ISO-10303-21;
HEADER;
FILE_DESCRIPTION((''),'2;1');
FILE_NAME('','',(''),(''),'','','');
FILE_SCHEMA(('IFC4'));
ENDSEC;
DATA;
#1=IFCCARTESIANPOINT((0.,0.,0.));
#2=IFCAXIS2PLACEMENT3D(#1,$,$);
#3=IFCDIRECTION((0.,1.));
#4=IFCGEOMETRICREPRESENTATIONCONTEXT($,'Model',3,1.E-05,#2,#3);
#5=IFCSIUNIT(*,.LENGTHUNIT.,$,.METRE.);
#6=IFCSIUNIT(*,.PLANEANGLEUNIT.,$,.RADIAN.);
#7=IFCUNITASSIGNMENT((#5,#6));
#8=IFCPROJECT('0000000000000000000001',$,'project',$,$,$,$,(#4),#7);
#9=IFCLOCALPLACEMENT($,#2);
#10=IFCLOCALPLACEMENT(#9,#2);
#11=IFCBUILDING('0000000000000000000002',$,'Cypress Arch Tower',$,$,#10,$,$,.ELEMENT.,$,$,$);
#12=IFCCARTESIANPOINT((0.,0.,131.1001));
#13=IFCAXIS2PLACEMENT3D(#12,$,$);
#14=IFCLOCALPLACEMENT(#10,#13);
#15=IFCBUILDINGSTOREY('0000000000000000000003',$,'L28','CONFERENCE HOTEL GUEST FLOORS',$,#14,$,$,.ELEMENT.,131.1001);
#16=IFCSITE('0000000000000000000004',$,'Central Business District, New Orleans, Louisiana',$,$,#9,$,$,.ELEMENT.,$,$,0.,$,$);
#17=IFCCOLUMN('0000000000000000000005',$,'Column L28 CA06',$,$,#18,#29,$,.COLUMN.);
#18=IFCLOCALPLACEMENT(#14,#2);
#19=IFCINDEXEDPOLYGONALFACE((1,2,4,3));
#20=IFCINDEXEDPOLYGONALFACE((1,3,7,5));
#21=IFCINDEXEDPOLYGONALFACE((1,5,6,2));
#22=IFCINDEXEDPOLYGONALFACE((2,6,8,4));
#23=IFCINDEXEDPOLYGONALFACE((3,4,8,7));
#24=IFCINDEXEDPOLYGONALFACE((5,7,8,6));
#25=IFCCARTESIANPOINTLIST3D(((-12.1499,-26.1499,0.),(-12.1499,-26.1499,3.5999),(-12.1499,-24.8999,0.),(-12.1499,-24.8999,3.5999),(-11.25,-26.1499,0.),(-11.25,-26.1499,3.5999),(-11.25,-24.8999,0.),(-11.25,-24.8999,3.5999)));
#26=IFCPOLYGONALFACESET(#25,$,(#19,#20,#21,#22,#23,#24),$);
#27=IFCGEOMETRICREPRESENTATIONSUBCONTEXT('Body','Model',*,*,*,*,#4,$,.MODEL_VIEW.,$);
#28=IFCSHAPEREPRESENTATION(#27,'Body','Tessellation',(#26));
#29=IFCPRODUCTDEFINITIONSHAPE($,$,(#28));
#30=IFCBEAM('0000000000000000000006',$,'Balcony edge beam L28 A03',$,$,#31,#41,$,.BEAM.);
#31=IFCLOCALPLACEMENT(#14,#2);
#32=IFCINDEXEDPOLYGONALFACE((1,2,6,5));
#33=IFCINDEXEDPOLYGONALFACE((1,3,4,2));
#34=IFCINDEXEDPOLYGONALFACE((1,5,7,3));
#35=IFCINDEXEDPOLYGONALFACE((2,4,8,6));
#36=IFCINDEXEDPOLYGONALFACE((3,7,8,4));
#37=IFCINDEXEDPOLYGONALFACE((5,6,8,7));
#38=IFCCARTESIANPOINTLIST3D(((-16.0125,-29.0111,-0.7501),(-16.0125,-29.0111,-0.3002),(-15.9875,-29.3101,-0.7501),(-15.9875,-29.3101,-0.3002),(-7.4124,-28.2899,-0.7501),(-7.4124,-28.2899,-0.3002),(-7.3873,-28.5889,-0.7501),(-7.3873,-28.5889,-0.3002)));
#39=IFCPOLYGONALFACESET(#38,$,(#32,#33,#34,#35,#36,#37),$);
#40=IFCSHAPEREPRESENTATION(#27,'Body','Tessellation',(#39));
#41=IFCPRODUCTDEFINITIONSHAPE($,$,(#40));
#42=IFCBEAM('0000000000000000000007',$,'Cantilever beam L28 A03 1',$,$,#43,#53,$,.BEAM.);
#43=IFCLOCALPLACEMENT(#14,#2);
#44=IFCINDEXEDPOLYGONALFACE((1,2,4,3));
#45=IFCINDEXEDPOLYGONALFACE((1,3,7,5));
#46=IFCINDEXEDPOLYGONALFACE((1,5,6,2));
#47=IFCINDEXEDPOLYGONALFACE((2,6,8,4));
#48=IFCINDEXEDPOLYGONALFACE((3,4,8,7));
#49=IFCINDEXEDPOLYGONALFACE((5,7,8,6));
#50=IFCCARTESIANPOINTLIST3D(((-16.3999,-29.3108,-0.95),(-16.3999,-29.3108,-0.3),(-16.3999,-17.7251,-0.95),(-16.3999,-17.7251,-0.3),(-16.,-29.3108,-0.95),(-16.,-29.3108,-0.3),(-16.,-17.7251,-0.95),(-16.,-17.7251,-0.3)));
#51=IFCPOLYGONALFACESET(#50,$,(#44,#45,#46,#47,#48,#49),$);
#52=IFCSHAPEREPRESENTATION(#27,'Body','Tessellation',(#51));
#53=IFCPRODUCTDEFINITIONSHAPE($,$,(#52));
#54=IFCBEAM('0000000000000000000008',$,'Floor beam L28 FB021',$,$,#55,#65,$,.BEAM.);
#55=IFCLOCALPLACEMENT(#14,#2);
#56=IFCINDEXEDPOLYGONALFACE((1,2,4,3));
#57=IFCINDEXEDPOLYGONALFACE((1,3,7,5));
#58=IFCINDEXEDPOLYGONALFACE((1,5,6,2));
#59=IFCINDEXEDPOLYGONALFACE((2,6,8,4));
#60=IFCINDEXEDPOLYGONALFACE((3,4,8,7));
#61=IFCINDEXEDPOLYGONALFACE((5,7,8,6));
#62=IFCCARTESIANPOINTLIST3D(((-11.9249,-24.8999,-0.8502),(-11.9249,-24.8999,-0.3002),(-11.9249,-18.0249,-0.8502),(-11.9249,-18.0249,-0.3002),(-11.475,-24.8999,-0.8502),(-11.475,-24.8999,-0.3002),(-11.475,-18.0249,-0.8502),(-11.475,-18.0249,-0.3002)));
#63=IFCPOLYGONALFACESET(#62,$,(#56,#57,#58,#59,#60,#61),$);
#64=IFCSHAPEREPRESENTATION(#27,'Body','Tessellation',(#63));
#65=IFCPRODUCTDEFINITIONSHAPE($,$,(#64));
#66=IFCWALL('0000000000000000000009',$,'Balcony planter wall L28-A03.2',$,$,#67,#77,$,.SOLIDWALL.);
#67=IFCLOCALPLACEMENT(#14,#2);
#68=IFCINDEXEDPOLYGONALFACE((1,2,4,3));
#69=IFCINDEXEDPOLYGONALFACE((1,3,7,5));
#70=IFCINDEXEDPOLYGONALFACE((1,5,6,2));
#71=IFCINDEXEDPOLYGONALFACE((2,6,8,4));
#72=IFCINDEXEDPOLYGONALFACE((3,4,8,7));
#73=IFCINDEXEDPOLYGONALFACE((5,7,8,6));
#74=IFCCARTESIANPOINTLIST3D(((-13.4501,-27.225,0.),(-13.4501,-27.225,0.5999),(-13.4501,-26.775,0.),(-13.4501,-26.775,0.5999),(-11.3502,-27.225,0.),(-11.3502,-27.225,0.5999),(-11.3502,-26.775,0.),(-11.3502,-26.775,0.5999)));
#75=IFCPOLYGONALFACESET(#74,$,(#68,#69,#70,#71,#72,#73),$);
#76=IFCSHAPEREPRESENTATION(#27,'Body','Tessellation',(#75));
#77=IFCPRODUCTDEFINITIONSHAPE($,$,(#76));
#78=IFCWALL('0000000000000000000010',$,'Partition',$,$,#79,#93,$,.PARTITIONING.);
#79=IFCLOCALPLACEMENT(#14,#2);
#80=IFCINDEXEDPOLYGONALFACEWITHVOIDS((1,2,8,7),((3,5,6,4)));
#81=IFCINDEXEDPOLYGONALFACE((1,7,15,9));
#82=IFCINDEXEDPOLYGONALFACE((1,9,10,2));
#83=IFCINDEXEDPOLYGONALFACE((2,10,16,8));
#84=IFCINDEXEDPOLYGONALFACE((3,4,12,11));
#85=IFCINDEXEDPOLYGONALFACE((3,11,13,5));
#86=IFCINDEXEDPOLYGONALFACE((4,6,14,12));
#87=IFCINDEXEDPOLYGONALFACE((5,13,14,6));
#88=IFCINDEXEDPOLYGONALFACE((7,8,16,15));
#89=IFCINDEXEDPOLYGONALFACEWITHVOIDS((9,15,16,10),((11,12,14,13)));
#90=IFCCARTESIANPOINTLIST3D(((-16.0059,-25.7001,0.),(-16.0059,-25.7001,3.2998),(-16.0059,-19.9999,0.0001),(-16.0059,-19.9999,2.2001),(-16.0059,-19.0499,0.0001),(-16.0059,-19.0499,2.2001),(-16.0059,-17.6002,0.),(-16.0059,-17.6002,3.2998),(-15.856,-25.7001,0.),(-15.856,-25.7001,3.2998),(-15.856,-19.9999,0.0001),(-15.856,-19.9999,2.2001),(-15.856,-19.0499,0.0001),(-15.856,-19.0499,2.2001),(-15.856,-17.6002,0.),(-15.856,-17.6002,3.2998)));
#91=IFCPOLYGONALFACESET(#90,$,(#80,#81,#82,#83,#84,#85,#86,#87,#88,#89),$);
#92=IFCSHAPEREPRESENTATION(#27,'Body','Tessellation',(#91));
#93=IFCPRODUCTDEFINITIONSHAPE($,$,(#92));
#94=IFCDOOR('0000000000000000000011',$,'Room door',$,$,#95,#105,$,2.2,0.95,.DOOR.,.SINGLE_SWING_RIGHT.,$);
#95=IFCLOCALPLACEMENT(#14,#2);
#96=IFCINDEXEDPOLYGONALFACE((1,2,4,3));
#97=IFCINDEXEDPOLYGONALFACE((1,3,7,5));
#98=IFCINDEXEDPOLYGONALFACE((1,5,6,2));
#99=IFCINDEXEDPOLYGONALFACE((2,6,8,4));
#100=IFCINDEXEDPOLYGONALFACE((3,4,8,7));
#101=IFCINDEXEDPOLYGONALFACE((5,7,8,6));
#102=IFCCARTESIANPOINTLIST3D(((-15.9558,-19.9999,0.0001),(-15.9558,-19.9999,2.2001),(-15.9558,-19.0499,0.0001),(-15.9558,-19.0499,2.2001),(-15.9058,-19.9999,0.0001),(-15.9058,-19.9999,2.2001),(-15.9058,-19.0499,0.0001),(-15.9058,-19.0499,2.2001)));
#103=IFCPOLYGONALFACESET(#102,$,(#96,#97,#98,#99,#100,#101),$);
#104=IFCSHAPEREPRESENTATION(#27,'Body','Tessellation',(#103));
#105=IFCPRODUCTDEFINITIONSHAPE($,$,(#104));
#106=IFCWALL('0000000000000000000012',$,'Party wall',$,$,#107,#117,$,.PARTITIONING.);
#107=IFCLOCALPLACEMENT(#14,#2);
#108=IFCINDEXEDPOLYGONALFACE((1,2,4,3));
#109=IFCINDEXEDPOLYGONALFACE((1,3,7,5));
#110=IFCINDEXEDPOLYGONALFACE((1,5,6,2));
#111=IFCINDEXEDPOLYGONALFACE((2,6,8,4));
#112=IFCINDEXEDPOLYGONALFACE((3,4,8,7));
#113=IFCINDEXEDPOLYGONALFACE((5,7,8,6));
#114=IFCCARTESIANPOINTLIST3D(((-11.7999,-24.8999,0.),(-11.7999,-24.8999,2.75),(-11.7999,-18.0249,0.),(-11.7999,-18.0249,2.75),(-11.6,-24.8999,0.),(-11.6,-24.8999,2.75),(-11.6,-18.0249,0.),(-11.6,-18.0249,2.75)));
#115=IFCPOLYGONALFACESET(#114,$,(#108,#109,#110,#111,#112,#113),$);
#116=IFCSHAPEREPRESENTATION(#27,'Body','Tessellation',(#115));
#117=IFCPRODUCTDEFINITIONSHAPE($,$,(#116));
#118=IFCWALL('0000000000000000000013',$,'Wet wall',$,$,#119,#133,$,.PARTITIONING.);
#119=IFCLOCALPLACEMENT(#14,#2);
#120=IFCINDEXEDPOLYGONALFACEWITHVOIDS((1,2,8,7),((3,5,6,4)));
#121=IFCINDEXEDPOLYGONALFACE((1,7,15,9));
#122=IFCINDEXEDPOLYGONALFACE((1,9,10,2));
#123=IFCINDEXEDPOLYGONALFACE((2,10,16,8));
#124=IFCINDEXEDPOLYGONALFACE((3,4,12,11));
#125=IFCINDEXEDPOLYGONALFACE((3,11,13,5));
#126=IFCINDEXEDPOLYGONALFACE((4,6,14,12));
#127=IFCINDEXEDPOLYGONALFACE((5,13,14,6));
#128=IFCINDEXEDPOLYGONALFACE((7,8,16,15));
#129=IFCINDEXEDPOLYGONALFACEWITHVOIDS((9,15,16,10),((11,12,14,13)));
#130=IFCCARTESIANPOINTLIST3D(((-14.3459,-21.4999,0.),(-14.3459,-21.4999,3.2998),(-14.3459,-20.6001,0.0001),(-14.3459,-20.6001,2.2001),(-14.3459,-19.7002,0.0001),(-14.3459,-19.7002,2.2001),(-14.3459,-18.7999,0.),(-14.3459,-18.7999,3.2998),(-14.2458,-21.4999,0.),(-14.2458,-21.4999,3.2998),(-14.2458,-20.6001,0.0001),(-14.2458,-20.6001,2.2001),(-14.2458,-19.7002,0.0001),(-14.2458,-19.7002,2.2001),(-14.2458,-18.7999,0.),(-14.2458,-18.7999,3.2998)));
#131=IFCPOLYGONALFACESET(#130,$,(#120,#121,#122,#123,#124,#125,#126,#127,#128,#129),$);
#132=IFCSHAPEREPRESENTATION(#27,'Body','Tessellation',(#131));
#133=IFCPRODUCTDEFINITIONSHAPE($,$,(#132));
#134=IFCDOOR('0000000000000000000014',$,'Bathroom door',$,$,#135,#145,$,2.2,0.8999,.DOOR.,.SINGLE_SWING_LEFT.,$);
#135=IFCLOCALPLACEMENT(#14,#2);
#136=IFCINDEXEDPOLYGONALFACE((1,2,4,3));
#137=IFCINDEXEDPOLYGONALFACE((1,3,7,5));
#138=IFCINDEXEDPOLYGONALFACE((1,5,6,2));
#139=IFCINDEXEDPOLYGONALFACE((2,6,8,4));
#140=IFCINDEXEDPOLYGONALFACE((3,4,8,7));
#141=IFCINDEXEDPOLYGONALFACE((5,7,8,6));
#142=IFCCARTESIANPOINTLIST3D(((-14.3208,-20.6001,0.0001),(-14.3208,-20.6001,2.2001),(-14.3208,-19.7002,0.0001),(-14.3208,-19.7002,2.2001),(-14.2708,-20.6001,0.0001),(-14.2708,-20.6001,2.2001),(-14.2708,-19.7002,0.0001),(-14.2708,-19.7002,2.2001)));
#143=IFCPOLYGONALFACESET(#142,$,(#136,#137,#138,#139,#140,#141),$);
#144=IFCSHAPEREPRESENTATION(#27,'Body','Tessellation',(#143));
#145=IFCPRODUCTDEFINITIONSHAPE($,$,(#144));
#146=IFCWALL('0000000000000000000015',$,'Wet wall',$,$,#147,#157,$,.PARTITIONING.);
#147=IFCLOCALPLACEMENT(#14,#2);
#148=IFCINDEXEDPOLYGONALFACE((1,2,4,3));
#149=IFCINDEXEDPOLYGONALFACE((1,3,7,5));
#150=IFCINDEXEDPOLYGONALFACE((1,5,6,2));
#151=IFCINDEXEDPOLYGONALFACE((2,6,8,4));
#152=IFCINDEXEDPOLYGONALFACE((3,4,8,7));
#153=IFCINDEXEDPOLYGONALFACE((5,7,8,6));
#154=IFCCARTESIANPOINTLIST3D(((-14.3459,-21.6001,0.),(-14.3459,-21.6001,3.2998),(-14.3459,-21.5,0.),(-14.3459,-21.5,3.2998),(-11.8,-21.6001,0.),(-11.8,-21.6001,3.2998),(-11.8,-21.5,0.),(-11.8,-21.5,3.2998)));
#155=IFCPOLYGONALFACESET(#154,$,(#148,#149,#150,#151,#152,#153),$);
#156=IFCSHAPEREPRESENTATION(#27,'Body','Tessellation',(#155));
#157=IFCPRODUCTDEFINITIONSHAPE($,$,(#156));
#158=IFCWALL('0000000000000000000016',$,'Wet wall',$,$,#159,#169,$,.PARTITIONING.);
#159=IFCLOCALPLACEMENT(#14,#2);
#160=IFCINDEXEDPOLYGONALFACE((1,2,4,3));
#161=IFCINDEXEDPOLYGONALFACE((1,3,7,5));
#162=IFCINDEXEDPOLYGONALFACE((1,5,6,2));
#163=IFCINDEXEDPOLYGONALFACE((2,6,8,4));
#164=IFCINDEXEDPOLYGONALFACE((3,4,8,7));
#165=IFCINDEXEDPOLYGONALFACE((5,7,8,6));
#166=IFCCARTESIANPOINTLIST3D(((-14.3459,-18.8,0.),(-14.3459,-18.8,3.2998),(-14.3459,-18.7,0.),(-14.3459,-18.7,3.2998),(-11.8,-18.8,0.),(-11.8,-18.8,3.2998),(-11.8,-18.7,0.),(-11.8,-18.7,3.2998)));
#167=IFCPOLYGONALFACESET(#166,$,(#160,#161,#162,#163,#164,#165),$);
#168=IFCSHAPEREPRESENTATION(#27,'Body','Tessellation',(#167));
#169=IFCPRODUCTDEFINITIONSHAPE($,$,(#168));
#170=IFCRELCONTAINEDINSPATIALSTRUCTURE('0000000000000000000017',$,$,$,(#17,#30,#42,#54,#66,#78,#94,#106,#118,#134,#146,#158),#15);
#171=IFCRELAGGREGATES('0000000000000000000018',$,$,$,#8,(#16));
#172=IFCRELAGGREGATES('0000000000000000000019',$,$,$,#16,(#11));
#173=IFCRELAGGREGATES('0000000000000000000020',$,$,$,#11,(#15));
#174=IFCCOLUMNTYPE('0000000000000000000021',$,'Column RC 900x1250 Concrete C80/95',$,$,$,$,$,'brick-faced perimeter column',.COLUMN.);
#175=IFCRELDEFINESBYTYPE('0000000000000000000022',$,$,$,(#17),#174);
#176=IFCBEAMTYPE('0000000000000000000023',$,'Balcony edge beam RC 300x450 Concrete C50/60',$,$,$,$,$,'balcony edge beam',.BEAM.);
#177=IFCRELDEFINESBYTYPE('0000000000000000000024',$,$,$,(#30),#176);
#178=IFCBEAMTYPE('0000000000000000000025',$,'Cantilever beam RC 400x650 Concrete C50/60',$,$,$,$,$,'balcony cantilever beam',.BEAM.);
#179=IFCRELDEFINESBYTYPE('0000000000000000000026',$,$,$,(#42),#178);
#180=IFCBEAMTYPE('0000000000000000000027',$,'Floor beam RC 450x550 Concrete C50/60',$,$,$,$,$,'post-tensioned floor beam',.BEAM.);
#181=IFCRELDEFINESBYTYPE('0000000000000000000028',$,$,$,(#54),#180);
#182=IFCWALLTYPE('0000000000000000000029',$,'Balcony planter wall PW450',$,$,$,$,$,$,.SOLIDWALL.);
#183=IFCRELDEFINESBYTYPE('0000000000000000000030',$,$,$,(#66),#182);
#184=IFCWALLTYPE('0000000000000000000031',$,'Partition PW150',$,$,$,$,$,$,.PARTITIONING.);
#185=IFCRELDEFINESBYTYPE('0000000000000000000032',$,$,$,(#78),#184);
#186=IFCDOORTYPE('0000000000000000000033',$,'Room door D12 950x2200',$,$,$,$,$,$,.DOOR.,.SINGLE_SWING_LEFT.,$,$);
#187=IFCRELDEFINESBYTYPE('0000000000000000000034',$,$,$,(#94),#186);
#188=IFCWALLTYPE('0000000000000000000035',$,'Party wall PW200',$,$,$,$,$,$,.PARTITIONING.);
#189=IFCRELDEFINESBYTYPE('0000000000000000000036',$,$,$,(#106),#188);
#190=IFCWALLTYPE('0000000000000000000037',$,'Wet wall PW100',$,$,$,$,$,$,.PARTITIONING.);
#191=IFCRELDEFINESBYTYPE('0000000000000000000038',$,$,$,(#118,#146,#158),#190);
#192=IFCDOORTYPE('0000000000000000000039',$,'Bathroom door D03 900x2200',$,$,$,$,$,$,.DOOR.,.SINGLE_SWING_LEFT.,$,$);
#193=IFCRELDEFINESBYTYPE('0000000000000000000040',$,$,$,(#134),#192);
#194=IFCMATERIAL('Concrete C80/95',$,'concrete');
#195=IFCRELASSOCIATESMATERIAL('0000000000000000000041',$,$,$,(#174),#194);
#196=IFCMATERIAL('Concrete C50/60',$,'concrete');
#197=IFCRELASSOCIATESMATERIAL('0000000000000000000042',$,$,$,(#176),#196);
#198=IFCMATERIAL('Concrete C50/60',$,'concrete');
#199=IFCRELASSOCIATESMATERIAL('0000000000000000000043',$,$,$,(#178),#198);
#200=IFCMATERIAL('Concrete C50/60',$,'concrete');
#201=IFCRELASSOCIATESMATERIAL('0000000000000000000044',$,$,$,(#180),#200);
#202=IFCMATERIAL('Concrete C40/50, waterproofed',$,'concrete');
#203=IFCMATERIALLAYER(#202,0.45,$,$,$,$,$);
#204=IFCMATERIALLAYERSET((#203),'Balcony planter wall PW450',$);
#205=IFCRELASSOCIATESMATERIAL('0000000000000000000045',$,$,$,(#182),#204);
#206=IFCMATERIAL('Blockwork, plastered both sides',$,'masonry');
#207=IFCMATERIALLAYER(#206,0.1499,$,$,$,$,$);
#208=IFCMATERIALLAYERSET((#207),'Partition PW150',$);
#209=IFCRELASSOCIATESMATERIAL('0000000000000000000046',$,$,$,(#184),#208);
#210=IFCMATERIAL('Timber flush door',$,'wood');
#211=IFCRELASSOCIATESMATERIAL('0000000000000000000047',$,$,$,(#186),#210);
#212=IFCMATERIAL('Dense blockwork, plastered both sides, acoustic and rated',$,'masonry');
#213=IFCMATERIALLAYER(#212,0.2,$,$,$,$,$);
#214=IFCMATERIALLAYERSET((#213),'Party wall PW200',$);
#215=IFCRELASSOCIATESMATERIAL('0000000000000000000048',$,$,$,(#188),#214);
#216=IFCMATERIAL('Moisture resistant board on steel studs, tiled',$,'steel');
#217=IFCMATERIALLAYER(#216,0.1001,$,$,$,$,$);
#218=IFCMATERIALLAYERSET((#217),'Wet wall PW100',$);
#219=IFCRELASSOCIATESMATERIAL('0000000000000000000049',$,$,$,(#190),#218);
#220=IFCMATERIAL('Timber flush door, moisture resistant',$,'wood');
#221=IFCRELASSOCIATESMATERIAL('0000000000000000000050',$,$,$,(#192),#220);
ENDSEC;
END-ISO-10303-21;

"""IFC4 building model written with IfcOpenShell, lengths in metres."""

from ifc_helpers import new_model, si_unit, direction, frame, frame_2d, origin, origin_2d, place, context, subcontext, project, spatial, rectangle, extrude, material, layer, layer_set, material_profile, profile_set, type_object, element, fill, save


model = new_model("IFC4")

# Units and contexts
model_context = context("Model", 3, precision=1e-05, world=origin(), true_north=direction((0.0, 1.0)))
body_context = subcontext(model_context, "Body", "Model", "MODEL_VIEW")
ifc_project = project(units=[si_unit("LENGTHUNIT", "METRE"), si_unit("PLANEANGLEUNIT", "RADIAN")], contexts=[model_context])

# Site, building, storey
site_placement = place(None, origin())
site = spatial("IfcSite", under=ifc_project, at=site_placement, Name="Central Business District, New Orleans, Louisiana", CompositionType="ELEMENT", RefElevation=0.0)
building_placement = place(site_placement, origin())
building = spatial("IfcBuilding", under=site, at=building_placement, Name="Cypress Arch Tower", CompositionType="ELEMENT")
storey_placement = place(building_placement, frame((0.0, 0.0, 131.1001)))
storey = spatial("IfcBuildingStorey", under=building, at=storey_placement, Name="L28", Description="CONFERENCE HOTEL GUEST FLOORS", CompositionType="ELEMENT", Elevation=131.1001)

# Column
ifc_material_1 = material(Name="Concrete C80/95", Category="concrete")
ifc_material_profile_1 = material_profile(ifc_material_1, rectangle(XDim=0.8999, YDim=1.25, at=origin_2d()), Name="RC 900x1250")
ifc_profile_set_1 = profile_set([ifc_material_profile_1], Name="Concrete C80/95")
column_type = type_object("IfcColumnType", Name="Column RC 900x1250 Concrete C80/95", ElementType="brick-faced perimeter column", PredefinedType="COLUMN", material=ifc_profile_set_1)
column_placement = place(storey_placement, frame((-11.7, -25.5249, 0.0), z_axis=(0.0, 0.0, 1.0), x_axis=(1.0, 0.0, 0.0)))
element("IfcColumn", 1, at=column_placement, inside=storey, type_object=column_type, Name="Column L28 CA06", PredefinedType="COLUMN", context=body_context, shape_type="SweptSolid", body=[
    extrude(rectangle(XDim=0.8999, YDim=1.25, at=origin_2d()), origin(), (0.0, 0.0, 1.0), 3.5999),
])

# Beams
ifc_material_2 = material(Name="Concrete C50/60", Category="concrete")
ifc_material_profile_2 = material_profile(ifc_material_2, rectangle(XDim=0.3, YDim=0.45, at=origin_2d()), Name="RC 300x450")
ifc_profile_set_2 = profile_set([ifc_material_profile_2], Name="Concrete C50/60")
beam_type_1 = type_object("IfcBeamType", Name="Balcony edge beam RC 300x450 Concrete C50/60", ElementType="balcony edge beam", PredefinedType="BEAM", material=ifc_profile_set_2)
beam_1_placement = place(storey_placement, frame((-16.0, -29.1606, -0.5251), z_axis=(0.996502, 0.083565, 0.0), x_axis=(-0.083565, 0.996502, 0.0)))
element("IfcBeam", 2, at=beam_1_placement, inside=storey, type_object=beam_type_1, Name="Balcony edge beam L28 A03", PredefinedType="BEAM", context=body_context, shape_type="SweptSolid", body=[
    extrude(rectangle(XDim=0.3, YDim=0.45, at=origin_2d()), origin(), (0.0, 0.0, 1.0), 8.6304),
])
ifc_material_3 = material(Name="Concrete C50/60", Category="concrete")
ifc_material_profile_3 = material_profile(ifc_material_3, rectangle(XDim=0.3999, YDim=0.6499, at=origin_2d()), Name="RC 400x650")
ifc_profile_set_3 = profile_set([ifc_material_profile_3], Name="Concrete C50/60")
beam_type_2 = type_object("IfcBeamType", Name="Cantilever beam RC 400x650 Concrete C50/60", ElementType="balcony cantilever beam", PredefinedType="BEAM", material=ifc_profile_set_3)
beam_2_placement = place(storey_placement, frame((-16.2, -17.7251, -0.625), z_axis=(0.0, -1.0, 0.0), x_axis=(1.0, 0.0, 0.0)))
element("IfcBeam", 3, at=beam_2_placement, inside=storey, type_object=beam_type_2, Name="Cantilever beam L28 A03 1", PredefinedType="BEAM", context=body_context, shape_type="SweptSolid", body=[
    extrude(rectangle(XDim=0.3999, YDim=0.6499, at=origin_2d()), origin(), (0.0, 0.0, 1.0), 11.5857),
])
ifc_material_4 = material(Name="Concrete C50/60", Category="concrete")
ifc_material_profile_4 = material_profile(ifc_material_4, rectangle(XDim=0.45, YDim=0.55, at=origin_2d()), Name="RC 450x550")
ifc_profile_set_4 = profile_set([ifc_material_profile_4], Name="Concrete C50/60")
beam_type_3 = type_object("IfcBeamType", Name="Floor beam RC 450x550 Concrete C50/60", ElementType="post-tensioned floor beam", PredefinedType="BEAM", material=ifc_profile_set_4)
beam_3_placement = place(storey_placement, frame((-11.7, -24.8999, -0.5752), z_axis=(0.0, 1.0, 0.0), x_axis=(-1.0, 0.0, 0.0)))
element("IfcBeam", 4, at=beam_3_placement, inside=storey, type_object=beam_type_3, Name="Floor beam L28 FB021", PredefinedType="BEAM", context=body_context, shape_type="SweptSolid", body=[
    extrude(rectangle(XDim=0.45, YDim=0.55, at=origin_2d()), origin(), (0.0, 0.0, 1.0), 6.875),
])

# Wall
ifc_material_5 = material(Name="Concrete C40/50, waterproofed", Category="concrete")
ifc_layer_1 = layer(ifc_material_5, 0.45)
ifc_layer_set_1 = layer_set([ifc_layer_1], Name="Balcony planter wall PW450")
wall_type_1 = type_object("IfcWallType", Name="Balcony planter wall PW450", PredefinedType="SOLIDWALL", material=ifc_layer_set_1)
wall_1_placement = place(storey_placement, frame((-13.45, -27.0, 0.0), z_axis=(0.0, 0.0, 1.0), x_axis=(1.0, 0.0, 0.0)))
element("IfcWall", 5, at=wall_1_placement, inside=storey, type_object=wall_type_1, Name="Balcony planter wall L28-A03.2", PredefinedType="SOLIDWALL", context=body_context, shape_type="SweptSolid", body=[
    extrude(rectangle(XDim=2.0999, YDim=0.45, at=frame_2d((1.0498, 0.0))), origin(), (0.0, 0.0, 1.0), 0.5999),
])

# Wall, opening, door
ifc_material_6 = material(Name="Blockwork, plastered both sides", Category="masonry")
ifc_layer_2 = layer(ifc_material_6, 0.1499)
ifc_layer_set_2 = layer_set([ifc_layer_2], Name="Partition PW150")
wall_type_2 = type_object("IfcWallType", Name="Partition PW150", PredefinedType="PARTITIONING", material=ifc_layer_set_2)
wall_2_placement = place(storey_placement, frame((-15.9309, -25.7, 0.0), z_axis=(0.0, 0.0, 1.0), x_axis=(0.0, 1.0, 0.0)))
wall_2 = element("IfcWall", 6, at=wall_2_placement, inside=storey, type_object=wall_type_2, Name="Partition", PredefinedType="PARTITIONING", context=body_context, shape_type="SweptSolid", body=[
    extrude(rectangle(XDim=8.0999, YDim=0.1499, at=frame_2d((4.0498, 0.0))), origin(), (0.0, 0.0, 1.0), 3.2998),
])
opening_1_placement = place(wall_2_placement, frame((5.7, 0.0, 0.0)))
opening_1 = element("IfcOpeningElement", 7, at=opening_1_placement, cuts=wall_2, PredefinedType="OPENING", context=body_context, shape_type="SweptSolid", body=[
    extrude(rectangle(XDim=0.95, YDim=2.2, at=frame_2d((0.4751, 1.1001))), frame((0.0, 0.085, 0.0), z_axis=(0.0, -1.0, 0.0), x_axis=(1.0, 0.0, 0.0)), (0.0, 0.0, 1.0), 0.1699),
])
ifc_material_7 = material(Name="Timber flush door", Category="wood")
door_type_1 = type_object("IfcDoorType", Name="Room door D12 950x2200", OperationType="SINGLE_SWING_LEFT", PredefinedType="DOOR", material=ifc_material_7)
door_1_placement = place(opening_1_placement, origin())
door_1 = element("IfcDoor", 8, at=door_1_placement, inside=storey, type_object=door_type_1, Name="Room door", OperationType="SINGLE_SWING_RIGHT", OverallHeight=2.2, OverallWidth=0.95, PredefinedType="DOOR", context=body_context, shape_type="SweptSolid", body=[
    extrude(rectangle(XDim=0.95, YDim=2.2, at=frame_2d((0.4751, 1.1001))), frame((0.0, 0.0249, 0.0), z_axis=(0.0, -1.0, 0.0), x_axis=(1.0, 0.0, 0.0)), (0.0, 0.0, 1.0), 0.05),
])
fill(opening_1, door_1)

# Wall
ifc_material_8 = material(Name="Dense blockwork, plastered both sides, acoustic and rated", Category="masonry")
ifc_layer_3 = layer(ifc_material_8, 0.2)
ifc_layer_set_3 = layer_set([ifc_layer_3], Name="Party wall PW200")
wall_type_3 = type_object("IfcWallType", Name="Party wall PW200", PredefinedType="PARTITIONING", material=ifc_layer_set_3)
wall_3_placement = place(storey_placement, frame((-11.7, -24.8999, 0.0), z_axis=(0.0, 0.0, 1.0), x_axis=(0.0, 1.0, 0.0)))
element("IfcWall", 9, at=wall_3_placement, inside=storey, type_object=wall_type_3, Name="Party wall", PredefinedType="PARTITIONING", context=body_context, shape_type="SweptSolid", body=[
    extrude(rectangle(XDim=6.875, YDim=0.2, at=frame_2d((3.4375, 0.0))), origin(), (0.0, 0.0, 1.0), 2.75),
])

# Wall, opening, door
ifc_material_9 = material(Name="Moisture resistant board on steel studs, tiled", Category="steel")
ifc_layer_4 = layer(ifc_material_9, 0.1001)
ifc_layer_set_4 = layer_set([ifc_layer_4], Name="Wet wall PW100")
wall_type_4 = type_object("IfcWallType", Name="Wet wall PW100", PredefinedType="PARTITIONING", material=ifc_layer_set_4)
wall_4_placement = place(storey_placement, frame((-14.2959, -21.5, 0.0), z_axis=(0.0, 0.0, 1.0), x_axis=(0.0, 1.0, 0.0)))
wall_4 = element("IfcWall", 10, at=wall_4_placement, inside=storey, type_object=wall_type_4, Name="Wet wall", PredefinedType="PARTITIONING", context=body_context, shape_type="SweptSolid", body=[
    extrude(rectangle(XDim=2.7, YDim=0.1001, at=frame_2d((1.3501, 0.0))), origin(), (0.0, 0.0, 1.0), 3.2998),
])
opening_2_placement = place(wall_4_placement, frame((0.8999, 0.0, 0.0)))
opening_2 = element("IfcOpeningElement", 11, at=opening_2_placement, cuts=wall_4, PredefinedType="OPENING", context=body_context, shape_type="SweptSolid", body=[
    extrude(rectangle(XDim=0.8999, YDim=2.2, at=frame_2d((0.45, 1.1001))), frame((0.0, 0.0601, 0.0), z_axis=(0.0, -1.0, 0.0), x_axis=(1.0, 0.0, 0.0)), (0.0, 0.0, 1.0), 0.1201),
])
ifc_material_10 = material(Name="Timber flush door, moisture resistant", Category="wood")
door_type_2 = type_object("IfcDoorType", Name="Bathroom door D03 900x2200", OperationType="SINGLE_SWING_LEFT", PredefinedType="DOOR", material=ifc_material_10)
door_2_placement = place(opening_2_placement, origin())
door_2 = element("IfcDoor", 12, at=door_2_placement, inside=storey, type_object=door_type_2, Name="Bathroom door", OperationType="SINGLE_SWING_LEFT", OverallHeight=2.2, OverallWidth=0.8999, PredefinedType="DOOR", context=body_context, shape_type="SweptSolid", body=[
    extrude(rectangle(XDim=0.8999, YDim=2.2, at=frame_2d((0.45, 1.1001))), frame((0.0, 0.0249, 0.0), z_axis=(0.0, -1.0, 0.0), x_axis=(1.0, 0.0, 0.0)), (0.0, 0.0, 1.0), 0.05),
])
fill(opening_2, door_2)

# Walls
for number, where, z_axis, x_axis, name in (
    (13, (-14.3459, -21.55, 0.0), (0.0, 0.0, 1.0), (1.0, 0.0, 0.0), "Wet wall"),
    (14, (-14.3459, -18.75, 0.0), (0.0, 0.0, 1.0), (1.0, 0.0, 0.0), "Wet wall"),
):
    element("IfcWall", number, at=place(storey_placement, frame(where, z_axis=z_axis, x_axis=x_axis)), inside=storey, type_object=wall_type_4, Name=name, PredefinedType="PARTITIONING", context=body_context, shape_type="SweptSolid", body=[
        extrude(rectangle(XDim=2.5459, YDim=0.1001, at=frame_2d((1.2729, 0.0))), origin(), (0.0, 0.0, 1.0), 3.2998),
    ])

save(model, "model.ifc")
